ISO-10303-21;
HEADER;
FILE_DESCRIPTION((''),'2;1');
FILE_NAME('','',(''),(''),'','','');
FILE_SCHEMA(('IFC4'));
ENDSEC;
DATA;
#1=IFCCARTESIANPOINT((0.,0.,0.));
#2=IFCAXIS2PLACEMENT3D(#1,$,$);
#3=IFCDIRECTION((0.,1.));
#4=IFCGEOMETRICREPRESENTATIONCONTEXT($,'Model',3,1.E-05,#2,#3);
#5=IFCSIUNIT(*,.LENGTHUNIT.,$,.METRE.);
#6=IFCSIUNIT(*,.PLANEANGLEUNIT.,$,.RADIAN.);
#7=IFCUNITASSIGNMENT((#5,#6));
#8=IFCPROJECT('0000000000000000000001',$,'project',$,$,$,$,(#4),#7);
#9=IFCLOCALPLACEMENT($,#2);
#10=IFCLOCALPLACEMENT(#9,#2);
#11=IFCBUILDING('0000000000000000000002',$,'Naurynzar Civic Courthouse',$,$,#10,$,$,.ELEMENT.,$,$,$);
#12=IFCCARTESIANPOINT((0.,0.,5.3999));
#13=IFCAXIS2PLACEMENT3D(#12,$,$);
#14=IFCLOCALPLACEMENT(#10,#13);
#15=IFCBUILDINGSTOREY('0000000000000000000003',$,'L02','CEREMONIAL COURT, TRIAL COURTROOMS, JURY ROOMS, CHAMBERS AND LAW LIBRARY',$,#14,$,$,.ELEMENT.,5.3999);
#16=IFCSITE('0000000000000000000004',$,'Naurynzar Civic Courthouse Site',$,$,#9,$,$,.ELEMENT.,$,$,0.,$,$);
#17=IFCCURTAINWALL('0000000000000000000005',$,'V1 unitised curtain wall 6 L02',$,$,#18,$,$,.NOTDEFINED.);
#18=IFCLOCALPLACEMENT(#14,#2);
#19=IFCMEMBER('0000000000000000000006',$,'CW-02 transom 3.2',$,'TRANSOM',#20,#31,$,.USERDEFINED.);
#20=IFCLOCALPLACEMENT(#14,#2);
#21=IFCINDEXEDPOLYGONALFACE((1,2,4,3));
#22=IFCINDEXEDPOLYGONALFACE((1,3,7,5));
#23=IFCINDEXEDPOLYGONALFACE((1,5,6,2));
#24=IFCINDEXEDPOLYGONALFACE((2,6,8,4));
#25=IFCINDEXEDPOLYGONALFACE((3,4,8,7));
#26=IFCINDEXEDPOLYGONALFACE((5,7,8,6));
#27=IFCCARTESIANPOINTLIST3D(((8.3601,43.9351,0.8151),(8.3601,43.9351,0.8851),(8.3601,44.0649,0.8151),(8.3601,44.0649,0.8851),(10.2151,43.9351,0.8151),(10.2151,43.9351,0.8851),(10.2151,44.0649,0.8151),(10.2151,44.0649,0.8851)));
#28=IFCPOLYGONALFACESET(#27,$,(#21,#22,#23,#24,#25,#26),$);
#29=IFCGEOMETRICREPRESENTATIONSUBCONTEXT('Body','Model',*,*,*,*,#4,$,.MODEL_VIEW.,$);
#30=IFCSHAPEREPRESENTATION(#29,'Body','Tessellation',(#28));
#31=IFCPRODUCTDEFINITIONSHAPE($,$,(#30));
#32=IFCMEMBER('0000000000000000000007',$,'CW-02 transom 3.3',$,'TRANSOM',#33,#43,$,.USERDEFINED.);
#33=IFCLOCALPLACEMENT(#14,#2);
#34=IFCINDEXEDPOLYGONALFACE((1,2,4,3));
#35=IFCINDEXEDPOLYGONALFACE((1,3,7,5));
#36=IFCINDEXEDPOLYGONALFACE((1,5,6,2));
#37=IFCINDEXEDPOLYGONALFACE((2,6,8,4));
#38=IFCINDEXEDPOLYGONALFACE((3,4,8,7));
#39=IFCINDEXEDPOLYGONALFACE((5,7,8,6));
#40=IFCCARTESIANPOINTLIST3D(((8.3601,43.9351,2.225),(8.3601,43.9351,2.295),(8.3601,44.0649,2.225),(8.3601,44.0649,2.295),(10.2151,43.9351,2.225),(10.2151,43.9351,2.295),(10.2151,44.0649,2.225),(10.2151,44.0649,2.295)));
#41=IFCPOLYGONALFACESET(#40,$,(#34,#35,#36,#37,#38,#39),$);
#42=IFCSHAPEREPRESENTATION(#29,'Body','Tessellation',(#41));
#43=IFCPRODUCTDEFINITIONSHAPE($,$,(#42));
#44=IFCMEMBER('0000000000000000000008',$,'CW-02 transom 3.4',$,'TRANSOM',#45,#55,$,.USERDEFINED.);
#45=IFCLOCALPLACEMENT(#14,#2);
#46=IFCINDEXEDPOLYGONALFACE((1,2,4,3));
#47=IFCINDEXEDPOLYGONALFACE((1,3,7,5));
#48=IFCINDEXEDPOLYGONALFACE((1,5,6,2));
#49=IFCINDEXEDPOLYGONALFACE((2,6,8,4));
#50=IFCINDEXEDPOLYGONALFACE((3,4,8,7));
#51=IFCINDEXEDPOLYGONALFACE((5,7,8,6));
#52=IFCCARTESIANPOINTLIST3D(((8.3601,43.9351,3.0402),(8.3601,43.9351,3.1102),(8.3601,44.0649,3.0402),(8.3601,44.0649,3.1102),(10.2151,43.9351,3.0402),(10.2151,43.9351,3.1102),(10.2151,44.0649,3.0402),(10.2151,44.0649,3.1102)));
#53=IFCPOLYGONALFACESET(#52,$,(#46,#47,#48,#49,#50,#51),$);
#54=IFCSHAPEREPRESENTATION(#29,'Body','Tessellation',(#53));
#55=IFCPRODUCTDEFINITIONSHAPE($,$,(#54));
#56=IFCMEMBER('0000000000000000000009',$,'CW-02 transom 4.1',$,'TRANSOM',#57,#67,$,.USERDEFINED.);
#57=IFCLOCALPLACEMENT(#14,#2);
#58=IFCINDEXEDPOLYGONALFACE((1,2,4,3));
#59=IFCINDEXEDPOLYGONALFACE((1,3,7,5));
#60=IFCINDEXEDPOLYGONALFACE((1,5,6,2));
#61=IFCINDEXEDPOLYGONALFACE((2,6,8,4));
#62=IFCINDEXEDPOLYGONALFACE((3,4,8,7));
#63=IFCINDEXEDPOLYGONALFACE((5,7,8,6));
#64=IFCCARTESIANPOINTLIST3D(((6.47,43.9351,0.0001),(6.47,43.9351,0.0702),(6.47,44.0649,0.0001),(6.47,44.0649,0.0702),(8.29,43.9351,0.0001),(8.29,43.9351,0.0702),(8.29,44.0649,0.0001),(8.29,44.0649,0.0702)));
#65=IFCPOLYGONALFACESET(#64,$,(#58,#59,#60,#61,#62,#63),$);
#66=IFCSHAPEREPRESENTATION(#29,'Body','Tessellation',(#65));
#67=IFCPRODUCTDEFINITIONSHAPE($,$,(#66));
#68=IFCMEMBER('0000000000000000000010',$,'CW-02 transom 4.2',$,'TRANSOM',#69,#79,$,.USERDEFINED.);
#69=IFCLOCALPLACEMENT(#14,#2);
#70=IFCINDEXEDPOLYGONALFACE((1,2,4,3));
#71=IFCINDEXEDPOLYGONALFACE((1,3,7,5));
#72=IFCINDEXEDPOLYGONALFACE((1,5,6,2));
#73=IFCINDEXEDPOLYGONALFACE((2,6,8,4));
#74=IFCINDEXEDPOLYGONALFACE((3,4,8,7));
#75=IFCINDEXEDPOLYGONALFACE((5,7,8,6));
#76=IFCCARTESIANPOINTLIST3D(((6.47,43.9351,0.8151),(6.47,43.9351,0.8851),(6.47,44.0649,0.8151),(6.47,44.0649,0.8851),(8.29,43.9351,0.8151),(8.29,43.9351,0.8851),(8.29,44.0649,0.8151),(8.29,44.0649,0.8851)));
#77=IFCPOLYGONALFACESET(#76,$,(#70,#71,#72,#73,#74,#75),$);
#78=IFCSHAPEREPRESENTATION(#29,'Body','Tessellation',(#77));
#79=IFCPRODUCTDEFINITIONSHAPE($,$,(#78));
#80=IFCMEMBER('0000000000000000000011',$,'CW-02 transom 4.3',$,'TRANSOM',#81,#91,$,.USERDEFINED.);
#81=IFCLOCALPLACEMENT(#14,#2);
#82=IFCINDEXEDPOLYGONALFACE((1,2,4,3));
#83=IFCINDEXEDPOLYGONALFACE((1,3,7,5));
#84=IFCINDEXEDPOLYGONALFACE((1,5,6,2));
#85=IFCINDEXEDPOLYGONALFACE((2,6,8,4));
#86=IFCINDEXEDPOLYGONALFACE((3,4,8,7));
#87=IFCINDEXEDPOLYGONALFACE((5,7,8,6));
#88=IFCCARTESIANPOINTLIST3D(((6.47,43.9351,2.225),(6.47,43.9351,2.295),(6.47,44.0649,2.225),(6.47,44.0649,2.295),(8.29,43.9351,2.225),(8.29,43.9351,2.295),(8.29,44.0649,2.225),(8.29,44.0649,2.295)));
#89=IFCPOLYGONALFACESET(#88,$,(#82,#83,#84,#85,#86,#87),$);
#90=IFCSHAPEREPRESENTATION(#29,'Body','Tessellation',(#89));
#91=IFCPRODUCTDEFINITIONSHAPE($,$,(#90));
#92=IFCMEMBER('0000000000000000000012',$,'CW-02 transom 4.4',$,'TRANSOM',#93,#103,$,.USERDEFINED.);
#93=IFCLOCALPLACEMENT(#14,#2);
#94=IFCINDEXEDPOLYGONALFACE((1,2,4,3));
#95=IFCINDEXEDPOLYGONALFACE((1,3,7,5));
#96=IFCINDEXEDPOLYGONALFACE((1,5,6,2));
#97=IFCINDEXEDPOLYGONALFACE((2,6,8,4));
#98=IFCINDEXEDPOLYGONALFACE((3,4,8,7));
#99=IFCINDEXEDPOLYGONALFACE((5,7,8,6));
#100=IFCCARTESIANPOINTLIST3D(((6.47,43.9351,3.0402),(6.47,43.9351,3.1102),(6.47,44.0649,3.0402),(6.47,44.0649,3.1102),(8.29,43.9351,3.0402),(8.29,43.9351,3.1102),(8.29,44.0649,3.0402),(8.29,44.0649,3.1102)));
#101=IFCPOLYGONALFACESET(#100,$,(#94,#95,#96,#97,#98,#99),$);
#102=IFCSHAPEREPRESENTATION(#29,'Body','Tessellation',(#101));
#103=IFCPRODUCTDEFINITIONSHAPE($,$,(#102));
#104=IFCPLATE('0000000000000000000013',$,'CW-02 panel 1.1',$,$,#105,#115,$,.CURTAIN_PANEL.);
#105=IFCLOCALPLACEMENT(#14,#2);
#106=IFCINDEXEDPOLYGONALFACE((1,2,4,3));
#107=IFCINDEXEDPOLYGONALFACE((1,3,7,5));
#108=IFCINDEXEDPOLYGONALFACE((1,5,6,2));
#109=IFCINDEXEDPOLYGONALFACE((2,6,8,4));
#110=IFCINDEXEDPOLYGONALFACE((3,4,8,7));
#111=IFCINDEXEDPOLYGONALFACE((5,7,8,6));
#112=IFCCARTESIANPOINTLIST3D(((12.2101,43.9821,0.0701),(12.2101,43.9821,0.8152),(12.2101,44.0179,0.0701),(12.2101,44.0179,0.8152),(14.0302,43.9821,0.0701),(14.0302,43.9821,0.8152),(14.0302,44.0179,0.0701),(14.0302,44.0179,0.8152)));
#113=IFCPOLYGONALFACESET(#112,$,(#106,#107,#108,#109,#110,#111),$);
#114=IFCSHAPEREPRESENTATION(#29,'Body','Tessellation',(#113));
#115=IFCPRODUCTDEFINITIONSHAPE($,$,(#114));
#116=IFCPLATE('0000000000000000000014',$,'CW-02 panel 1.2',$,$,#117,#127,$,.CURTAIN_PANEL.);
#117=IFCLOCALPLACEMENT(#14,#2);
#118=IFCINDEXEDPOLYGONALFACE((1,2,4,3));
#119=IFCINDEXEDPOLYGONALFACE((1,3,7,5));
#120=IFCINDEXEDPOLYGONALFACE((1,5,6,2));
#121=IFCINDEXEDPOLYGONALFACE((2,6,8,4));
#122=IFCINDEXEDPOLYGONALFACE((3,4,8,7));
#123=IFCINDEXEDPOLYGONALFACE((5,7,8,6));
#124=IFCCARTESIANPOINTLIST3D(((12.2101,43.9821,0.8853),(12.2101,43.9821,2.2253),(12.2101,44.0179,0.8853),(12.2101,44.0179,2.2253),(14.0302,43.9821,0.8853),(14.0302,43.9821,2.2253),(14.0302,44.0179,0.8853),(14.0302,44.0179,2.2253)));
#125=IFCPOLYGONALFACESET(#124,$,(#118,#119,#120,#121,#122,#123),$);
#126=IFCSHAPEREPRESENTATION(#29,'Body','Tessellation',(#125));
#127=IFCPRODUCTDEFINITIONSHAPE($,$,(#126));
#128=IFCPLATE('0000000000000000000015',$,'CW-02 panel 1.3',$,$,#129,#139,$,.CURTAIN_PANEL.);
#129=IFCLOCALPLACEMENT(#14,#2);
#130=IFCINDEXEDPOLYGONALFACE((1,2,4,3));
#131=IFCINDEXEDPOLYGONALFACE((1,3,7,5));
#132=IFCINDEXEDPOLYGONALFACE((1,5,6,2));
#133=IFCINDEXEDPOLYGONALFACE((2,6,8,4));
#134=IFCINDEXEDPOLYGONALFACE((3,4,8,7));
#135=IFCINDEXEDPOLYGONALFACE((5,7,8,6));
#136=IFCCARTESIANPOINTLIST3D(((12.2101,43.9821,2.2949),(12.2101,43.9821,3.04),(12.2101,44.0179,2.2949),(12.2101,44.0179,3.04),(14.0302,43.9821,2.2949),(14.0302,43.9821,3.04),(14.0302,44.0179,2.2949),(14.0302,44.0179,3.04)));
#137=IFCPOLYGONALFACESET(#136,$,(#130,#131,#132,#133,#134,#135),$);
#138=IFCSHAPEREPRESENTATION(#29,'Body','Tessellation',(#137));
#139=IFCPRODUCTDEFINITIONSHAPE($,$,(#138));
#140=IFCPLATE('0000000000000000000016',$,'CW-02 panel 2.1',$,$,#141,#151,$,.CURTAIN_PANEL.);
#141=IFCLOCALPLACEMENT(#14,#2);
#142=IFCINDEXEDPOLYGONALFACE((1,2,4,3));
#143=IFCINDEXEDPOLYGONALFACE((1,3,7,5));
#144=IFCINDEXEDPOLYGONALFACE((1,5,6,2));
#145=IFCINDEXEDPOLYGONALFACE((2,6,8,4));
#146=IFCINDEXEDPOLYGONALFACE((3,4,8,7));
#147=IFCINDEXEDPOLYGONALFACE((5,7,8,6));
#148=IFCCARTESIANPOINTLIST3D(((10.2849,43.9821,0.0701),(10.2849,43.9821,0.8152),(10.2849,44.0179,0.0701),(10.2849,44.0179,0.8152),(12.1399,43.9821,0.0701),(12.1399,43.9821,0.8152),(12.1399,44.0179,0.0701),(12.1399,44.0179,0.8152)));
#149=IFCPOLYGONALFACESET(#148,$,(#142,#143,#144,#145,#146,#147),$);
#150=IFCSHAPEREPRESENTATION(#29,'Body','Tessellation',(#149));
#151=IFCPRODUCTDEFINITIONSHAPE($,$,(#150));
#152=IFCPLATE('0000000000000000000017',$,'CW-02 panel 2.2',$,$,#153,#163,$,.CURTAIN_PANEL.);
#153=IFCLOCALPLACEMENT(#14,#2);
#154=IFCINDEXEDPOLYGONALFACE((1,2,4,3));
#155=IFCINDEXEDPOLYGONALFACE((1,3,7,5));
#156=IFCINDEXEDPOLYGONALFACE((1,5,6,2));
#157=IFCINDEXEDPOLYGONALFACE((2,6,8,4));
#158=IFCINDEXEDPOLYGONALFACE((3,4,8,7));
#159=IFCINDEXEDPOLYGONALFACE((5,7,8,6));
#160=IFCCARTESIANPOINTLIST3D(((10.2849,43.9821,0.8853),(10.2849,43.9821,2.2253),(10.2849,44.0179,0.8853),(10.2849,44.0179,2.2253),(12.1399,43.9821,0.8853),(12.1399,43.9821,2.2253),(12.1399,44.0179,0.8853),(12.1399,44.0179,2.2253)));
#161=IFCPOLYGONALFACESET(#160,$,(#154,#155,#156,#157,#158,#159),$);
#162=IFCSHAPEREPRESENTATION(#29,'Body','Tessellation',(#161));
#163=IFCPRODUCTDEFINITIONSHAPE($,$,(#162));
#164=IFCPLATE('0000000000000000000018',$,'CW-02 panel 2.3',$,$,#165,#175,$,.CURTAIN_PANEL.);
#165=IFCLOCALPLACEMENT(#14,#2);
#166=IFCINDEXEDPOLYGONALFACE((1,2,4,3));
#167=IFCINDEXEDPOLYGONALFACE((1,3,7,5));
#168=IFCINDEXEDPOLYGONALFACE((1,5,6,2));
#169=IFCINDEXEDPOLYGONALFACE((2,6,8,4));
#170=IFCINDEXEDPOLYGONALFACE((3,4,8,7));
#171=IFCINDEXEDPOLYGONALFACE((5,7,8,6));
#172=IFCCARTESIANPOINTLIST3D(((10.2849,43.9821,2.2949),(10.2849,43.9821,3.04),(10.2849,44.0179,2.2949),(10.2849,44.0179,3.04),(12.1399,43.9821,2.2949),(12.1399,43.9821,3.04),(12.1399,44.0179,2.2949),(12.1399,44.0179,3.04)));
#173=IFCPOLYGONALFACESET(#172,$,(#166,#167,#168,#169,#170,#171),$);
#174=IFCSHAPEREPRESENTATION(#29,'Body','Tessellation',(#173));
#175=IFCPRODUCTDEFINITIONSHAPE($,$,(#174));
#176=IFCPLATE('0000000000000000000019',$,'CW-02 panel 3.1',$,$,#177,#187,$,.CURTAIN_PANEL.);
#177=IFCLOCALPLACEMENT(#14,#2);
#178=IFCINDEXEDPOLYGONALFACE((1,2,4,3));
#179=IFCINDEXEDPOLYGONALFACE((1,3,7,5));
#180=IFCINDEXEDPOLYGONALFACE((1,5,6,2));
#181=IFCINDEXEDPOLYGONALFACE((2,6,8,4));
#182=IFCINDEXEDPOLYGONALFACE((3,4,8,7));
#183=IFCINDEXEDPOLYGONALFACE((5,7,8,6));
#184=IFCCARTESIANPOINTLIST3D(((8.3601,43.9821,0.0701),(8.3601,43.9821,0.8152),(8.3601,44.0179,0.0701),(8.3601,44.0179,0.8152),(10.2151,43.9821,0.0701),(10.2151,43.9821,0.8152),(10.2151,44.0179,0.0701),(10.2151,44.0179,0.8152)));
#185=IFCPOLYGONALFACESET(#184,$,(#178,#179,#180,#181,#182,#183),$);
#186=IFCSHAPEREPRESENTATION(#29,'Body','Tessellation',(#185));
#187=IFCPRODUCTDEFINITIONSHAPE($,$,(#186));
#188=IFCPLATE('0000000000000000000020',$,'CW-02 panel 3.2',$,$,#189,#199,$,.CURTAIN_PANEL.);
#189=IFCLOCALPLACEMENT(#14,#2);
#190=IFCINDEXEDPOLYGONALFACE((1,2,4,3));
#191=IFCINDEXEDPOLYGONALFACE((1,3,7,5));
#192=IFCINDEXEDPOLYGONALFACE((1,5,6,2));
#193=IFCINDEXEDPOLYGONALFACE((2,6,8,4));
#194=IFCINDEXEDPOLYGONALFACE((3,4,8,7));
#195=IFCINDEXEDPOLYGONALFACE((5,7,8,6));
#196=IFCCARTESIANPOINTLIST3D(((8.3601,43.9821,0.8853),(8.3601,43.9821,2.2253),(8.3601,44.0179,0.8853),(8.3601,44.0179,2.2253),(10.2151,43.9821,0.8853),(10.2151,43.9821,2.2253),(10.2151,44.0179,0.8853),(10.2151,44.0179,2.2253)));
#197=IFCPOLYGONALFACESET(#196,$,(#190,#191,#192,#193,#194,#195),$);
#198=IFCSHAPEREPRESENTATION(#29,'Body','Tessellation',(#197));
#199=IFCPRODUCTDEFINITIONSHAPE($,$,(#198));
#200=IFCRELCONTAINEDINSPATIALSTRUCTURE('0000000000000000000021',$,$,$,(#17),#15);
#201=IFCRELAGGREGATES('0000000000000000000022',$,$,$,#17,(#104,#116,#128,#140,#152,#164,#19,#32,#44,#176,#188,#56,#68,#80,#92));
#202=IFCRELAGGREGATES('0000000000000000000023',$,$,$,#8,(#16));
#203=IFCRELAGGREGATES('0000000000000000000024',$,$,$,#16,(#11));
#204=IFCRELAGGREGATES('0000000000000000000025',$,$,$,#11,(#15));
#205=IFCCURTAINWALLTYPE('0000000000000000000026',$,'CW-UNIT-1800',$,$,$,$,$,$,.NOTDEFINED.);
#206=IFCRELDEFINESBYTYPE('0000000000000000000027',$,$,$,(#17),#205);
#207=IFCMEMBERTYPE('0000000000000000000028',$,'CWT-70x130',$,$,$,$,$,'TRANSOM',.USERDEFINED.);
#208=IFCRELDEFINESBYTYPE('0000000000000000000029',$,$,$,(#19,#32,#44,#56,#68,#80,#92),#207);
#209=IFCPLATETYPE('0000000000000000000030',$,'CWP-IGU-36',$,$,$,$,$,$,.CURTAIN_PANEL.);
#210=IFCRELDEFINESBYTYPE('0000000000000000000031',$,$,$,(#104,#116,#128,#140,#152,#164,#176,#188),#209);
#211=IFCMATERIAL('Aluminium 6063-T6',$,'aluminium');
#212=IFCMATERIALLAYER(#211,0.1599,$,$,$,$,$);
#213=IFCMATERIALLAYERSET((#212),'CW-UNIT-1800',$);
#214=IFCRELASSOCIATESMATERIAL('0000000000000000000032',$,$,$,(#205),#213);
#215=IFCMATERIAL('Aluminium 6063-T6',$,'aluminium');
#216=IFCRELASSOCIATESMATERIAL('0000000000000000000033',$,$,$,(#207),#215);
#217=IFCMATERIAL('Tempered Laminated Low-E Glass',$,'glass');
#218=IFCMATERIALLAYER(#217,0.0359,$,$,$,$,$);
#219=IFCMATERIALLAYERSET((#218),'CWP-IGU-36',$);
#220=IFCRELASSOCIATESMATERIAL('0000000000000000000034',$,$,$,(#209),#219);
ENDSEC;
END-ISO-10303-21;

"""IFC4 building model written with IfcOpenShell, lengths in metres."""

from ifc_helpers import new_model, si_unit, direction, frame, origin, origin_2d, place, context, subcontext, project, spatial, rectangle, extrude, material, layer, layer_set, material_profile, profile_set, type_object, element, aggregate, save


model = new_model("IFC4")

# Units and contexts
model_context = context("Model", 3, precision=1e-05, world=origin(), true_north=direction((0.0, 1.0)))
body_context = subcontext(model_context, "Body", "Model", "MODEL_VIEW")
ifc_project = project(units=[si_unit("LENGTHUNIT", "METRE"), si_unit("PLANEANGLEUNIT", "RADIAN")], contexts=[model_context])

# Site, building, storey
site_placement = place(None, origin())
site = spatial("IfcSite", under=ifc_project, at=site_placement, Name="Naurynzar Civic Courthouse Site", CompositionType="ELEMENT", RefElevation=0.0)
building_placement = place(site_placement, origin())
building = spatial("IfcBuilding", under=site, at=building_placement, Name="Naurynzar Civic Courthouse", CompositionType="ELEMENT")
storey_placement = place(building_placement, frame((0.0, 0.0, 5.3999)))
storey = spatial("IfcBuildingStorey", under=building, at=storey_placement, Name="L02", Description="CEREMONIAL COURT, TRIAL COURTROOMS, JURY ROOMS, CHAMBERS AND LAW LIBRARY", CompositionType="ELEMENT", Elevation=5.3999)

# Curtain wall, members, plates
ifc_material_1 = material(Name="Aluminium 6063-T6", Category="aluminium")
ifc_layer_1 = layer(ifc_material_1, 0.1599)
ifc_layer_set_1 = layer_set([ifc_layer_1], Name="CW-UNIT-1800")
curtain_wall_type = type_object("IfcCurtainWallType", Name="CW-UNIT-1800", PredefinedType="NOTDEFINED", material=ifc_layer_set_1)
curtain_wall_placement = place(storey_placement, origin())
curtain_wall = element("IfcCurtainWall", 1, at=curtain_wall_placement, inside=storey, type_object=curtain_wall_type, Name="V1 unitised curtain wall 6 L02", PredefinedType="NOTDEFINED")
ifc_material_2 = material(Name="Aluminium 6063-T6", Category="aluminium")
ifc_material_profile_1 = material_profile(ifc_material_2, rectangle(XDim=0.1299, YDim=0.0701, at=origin_2d()), Name="ALU TRANSOM 70x130")
ifc_profile_set_1 = profile_set([ifc_material_profile_1], Name="Aluminium 6063-T6")
member_type_1 = type_object("IfcMemberType", Name="CWT-70x130", ElementType="TRANSOM", PredefinedType="USERDEFINED", material=ifc_profile_set_1)
member_1_placement = place(storey_placement, frame((10.2151, 44.0, 0.8501), z_axis=(-1.0, 0.0, 0.0), x_axis=(0.0, -1.0, 0.0)))
member_1 = element("IfcMember", 2, at=member_1_placement, type_object=member_type_1, Name="CW-02 transom 3.2", ObjectType="TRANSOM", PredefinedType="USERDEFINED", context=body_context, shape_type="SweptSolid", body=[
    extrude(rectangle(XDim=0.1299, YDim=0.0701, at=origin_2d()), origin(), (0.0, 0.0, 1.0), 1.855),
])
member_2_placement = place(storey_placement, frame((10.2151, 44.0, 2.26), z_axis=(-1.0, 0.0, 0.0), x_axis=(0.0, -1.0, 0.0)))
member_2 = element("IfcMember", 3, at=member_2_placement, type_object=member_type_1, Name="CW-02 transom 3.3", ObjectType="TRANSOM", PredefinedType="USERDEFINED", context=body_context, shape_type="SweptSolid", body=[
    extrude(rectangle(XDim=0.1299, YDim=0.0701, at=origin_2d()), origin(), (0.0, 0.0, 1.0), 1.855),
])
member_3_placement = place(storey_placement, frame((10.2151, 44.0, 3.0752), z_axis=(-1.0, 0.0, 0.0), x_axis=(0.0, -1.0, 0.0)))
member_3 = element("IfcMember", 4, at=member_3_placement, type_object=member_type_1, Name="CW-02 transom 3.4", ObjectType="TRANSOM", PredefinedType="USERDEFINED", context=body_context, shape_type="SweptSolid", body=[
    extrude(rectangle(XDim=0.1299, YDim=0.0701, at=origin_2d()), origin(), (0.0, 0.0, 1.0), 1.855),
])
member_4_placement = place(storey_placement, frame((8.29, 44.0, 0.0352), z_axis=(-1.0, 0.0, 0.0), x_axis=(0.0, -1.0, 0.0)))
member_4 = element("IfcMember", 5, at=member_4_placement, type_object=member_type_1, Name="CW-02 transom 4.1", ObjectType="TRANSOM", PredefinedType="USERDEFINED", context=body_context, shape_type="SweptSolid", body=[
    extrude(rectangle(XDim=0.1299, YDim=0.0701, at=origin_2d()), origin(), (0.0, 0.0, 1.0), 1.8201),
])
member_5_placement = place(storey_placement, frame((8.29, 44.0, 0.8501), z_axis=(-1.0, 0.0, 0.0), x_axis=(0.0, -1.0, 0.0)))
member_5 = element("IfcMember", 6, at=member_5_placement, type_object=member_type_1, Name="CW-02 transom 4.2", ObjectType="TRANSOM", PredefinedType="USERDEFINED", context=body_context, shape_type="SweptSolid", body=[
    extrude(rectangle(XDim=0.1299, YDim=0.0701, at=origin_2d()), origin(), (0.0, 0.0, 1.0), 1.8201),
])
member_6_placement = place(storey_placement, frame((8.29, 44.0, 2.26), z_axis=(-1.0, 0.0, 0.0), x_axis=(0.0, -1.0, 0.0)))
member_6 = element("IfcMember", 7, at=member_6_placement, type_object=member_type_1, Name="CW-02 transom 4.3", ObjectType="TRANSOM", PredefinedType="USERDEFINED", context=body_context, shape_type="SweptSolid", body=[
    extrude(rectangle(XDim=0.1299, YDim=0.0701, at=origin_2d()), origin(), (0.0, 0.0, 1.0), 1.8201),
])
member_7_placement = place(storey_placement, frame((8.29, 44.0, 3.0752), z_axis=(-1.0, 0.0, 0.0), x_axis=(0.0, -1.0, 0.0)))
member_7 = element("IfcMember", 8, at=member_7_placement, type_object=member_type_1, Name="CW-02 transom 4.4", ObjectType="TRANSOM", PredefinedType="USERDEFINED", context=body_context, shape_type="SweptSolid", body=[
    extrude(rectangle(XDim=0.1299, YDim=0.0701, at=origin_2d()), origin(), (0.0, 0.0, 1.0), 1.8201),
])
ifc_material_3 = material(Name="Tempered Laminated Low-E Glass", Category="glass")
ifc_layer_2 = layer(ifc_material_3, 0.0359)
ifc_layer_set_2 = layer_set([ifc_layer_2], Name="CWP-IGU-36")
plate_type = type_object("IfcPlateType", Name="CWP-IGU-36", PredefinedType="CURTAIN_PANEL", material=ifc_layer_set_2)
plate_1_placement = place(storey_placement, frame((13.1201, 44.0, 0.0701), z_axis=(0.0, 0.0, 1.0), x_axis=(-1.0, 0.0, 0.0)))
plate_1 = element("IfcPlate", 9, at=plate_1_placement, type_object=plate_type, Name="CW-02 panel 1.1", PredefinedType="CURTAIN_PANEL", context=body_context, shape_type="SweptSolid", body=[
    extrude(rectangle(XDim=1.8201, YDim=0.0359, at=origin_2d()), origin(), (0.0, 0.0, 1.0), 0.7451),
])
plate_2_placement = place(storey_placement, frame((13.1201, 44.0, 0.8853), z_axis=(0.0, 0.0, 1.0), x_axis=(-1.0, 0.0, 0.0)))
plate_2 = element("IfcPlate", 10, at=plate_2_placement, type_object=plate_type, Name="CW-02 panel 1.2", PredefinedType="CURTAIN_PANEL", context=body_context, shape_type="SweptSolid", body=[
    extrude(rectangle(XDim=1.8201, YDim=0.0359, at=origin_2d()), origin(), (0.0, 0.0, 1.0), 1.3401),
])
plate_3_placement = place(storey_placement, frame((13.1201, 44.0, 2.2949), z_axis=(0.0, 0.0, 1.0), x_axis=(-1.0, 0.0, 0.0)))
plate_3 = element("IfcPlate", 11, at=plate_3_placement, type_object=plate_type, Name="CW-02 panel 1.3", PredefinedType="CURTAIN_PANEL", context=body_context, shape_type="SweptSolid", body=[
    extrude(rectangle(XDim=1.8201, YDim=0.0359, at=origin_2d()), origin(), (0.0, 0.0, 1.0), 0.7451),
])
plate_4_placement = place(storey_placement, frame((11.2124, 44.0, 0.0701), z_axis=(0.0, 0.0, 1.0), x_axis=(-1.0, 0.0, 0.0)))
plate_4 = element("IfcPlate", 12, at=plate_4_placement, type_object=plate_type, Name="CW-02 panel 2.1", PredefinedType="CURTAIN_PANEL", context=body_context, shape_type="SweptSolid", body=[
    extrude(rectangle(XDim=1.855, YDim=0.0359, at=origin_2d()), origin(), (0.0, 0.0, 1.0), 0.7451),
])
plate_5_placement = place(storey_placement, frame((11.2124, 44.0, 0.8853), z_axis=(0.0, 0.0, 1.0), x_axis=(-1.0, 0.0, 0.0)))
plate_5 = element("IfcPlate", 13, at=plate_5_placement, type_object=plate_type, Name="CW-02 panel 2.2", PredefinedType="CURTAIN_PANEL", context=body_context, shape_type="SweptSolid", body=[
    extrude(rectangle(XDim=1.855, YDim=0.0359, at=origin_2d()), origin(), (0.0, 0.0, 1.0), 1.3401),
])
plate_6_placement = place(storey_placement, frame((11.2124, 44.0, 2.2949), z_axis=(0.0, 0.0, 1.0), x_axis=(-1.0, 0.0, 0.0)))
plate_6 = element("IfcPlate", 14, at=plate_6_placement, type_object=plate_type, Name="CW-02 panel 2.3", PredefinedType="CURTAIN_PANEL", context=body_context, shape_type="SweptSolid", body=[
    extrude(rectangle(XDim=1.855, YDim=0.0359, at=origin_2d()), origin(), (0.0, 0.0, 1.0), 0.7451),
])
plate_7_placement = place(storey_placement, frame((9.2876, 44.0, 0.0701), z_axis=(0.0, 0.0, 1.0), x_axis=(-1.0, 0.0, 0.0)))
plate_7 = element("IfcPlate", 15, at=plate_7_placement, type_object=plate_type, Name="CW-02 panel 3.1", PredefinedType="CURTAIN_PANEL", context=body_context, shape_type="SweptSolid", body=[
    extrude(rectangle(XDim=1.855, YDim=0.0359, at=origin_2d()), origin(), (0.0, 0.0, 1.0), 0.7451),
])
plate_8_placement = place(storey_placement, frame((9.2876, 44.0, 0.8853), z_axis=(0.0, 0.0, 1.0), x_axis=(-1.0, 0.0, 0.0)))
plate_8 = element("IfcPlate", 16, at=plate_8_placement, type_object=plate_type, Name="CW-02 panel 3.2", PredefinedType="CURTAIN_PANEL", context=body_context, shape_type="SweptSolid", body=[
    extrude(rectangle(XDim=1.855, YDim=0.0359, at=origin_2d()), origin(), (0.0, 0.0, 1.0), 1.3401),
])
aggregate(curtain_wall, [plate_1, plate_2, plate_3, plate_4, plate_5, plate_6, member_1, member_2, member_3, plate_7, plate_8, member_4, member_5, member_6, member_7])

save(model, "model.ifc")
